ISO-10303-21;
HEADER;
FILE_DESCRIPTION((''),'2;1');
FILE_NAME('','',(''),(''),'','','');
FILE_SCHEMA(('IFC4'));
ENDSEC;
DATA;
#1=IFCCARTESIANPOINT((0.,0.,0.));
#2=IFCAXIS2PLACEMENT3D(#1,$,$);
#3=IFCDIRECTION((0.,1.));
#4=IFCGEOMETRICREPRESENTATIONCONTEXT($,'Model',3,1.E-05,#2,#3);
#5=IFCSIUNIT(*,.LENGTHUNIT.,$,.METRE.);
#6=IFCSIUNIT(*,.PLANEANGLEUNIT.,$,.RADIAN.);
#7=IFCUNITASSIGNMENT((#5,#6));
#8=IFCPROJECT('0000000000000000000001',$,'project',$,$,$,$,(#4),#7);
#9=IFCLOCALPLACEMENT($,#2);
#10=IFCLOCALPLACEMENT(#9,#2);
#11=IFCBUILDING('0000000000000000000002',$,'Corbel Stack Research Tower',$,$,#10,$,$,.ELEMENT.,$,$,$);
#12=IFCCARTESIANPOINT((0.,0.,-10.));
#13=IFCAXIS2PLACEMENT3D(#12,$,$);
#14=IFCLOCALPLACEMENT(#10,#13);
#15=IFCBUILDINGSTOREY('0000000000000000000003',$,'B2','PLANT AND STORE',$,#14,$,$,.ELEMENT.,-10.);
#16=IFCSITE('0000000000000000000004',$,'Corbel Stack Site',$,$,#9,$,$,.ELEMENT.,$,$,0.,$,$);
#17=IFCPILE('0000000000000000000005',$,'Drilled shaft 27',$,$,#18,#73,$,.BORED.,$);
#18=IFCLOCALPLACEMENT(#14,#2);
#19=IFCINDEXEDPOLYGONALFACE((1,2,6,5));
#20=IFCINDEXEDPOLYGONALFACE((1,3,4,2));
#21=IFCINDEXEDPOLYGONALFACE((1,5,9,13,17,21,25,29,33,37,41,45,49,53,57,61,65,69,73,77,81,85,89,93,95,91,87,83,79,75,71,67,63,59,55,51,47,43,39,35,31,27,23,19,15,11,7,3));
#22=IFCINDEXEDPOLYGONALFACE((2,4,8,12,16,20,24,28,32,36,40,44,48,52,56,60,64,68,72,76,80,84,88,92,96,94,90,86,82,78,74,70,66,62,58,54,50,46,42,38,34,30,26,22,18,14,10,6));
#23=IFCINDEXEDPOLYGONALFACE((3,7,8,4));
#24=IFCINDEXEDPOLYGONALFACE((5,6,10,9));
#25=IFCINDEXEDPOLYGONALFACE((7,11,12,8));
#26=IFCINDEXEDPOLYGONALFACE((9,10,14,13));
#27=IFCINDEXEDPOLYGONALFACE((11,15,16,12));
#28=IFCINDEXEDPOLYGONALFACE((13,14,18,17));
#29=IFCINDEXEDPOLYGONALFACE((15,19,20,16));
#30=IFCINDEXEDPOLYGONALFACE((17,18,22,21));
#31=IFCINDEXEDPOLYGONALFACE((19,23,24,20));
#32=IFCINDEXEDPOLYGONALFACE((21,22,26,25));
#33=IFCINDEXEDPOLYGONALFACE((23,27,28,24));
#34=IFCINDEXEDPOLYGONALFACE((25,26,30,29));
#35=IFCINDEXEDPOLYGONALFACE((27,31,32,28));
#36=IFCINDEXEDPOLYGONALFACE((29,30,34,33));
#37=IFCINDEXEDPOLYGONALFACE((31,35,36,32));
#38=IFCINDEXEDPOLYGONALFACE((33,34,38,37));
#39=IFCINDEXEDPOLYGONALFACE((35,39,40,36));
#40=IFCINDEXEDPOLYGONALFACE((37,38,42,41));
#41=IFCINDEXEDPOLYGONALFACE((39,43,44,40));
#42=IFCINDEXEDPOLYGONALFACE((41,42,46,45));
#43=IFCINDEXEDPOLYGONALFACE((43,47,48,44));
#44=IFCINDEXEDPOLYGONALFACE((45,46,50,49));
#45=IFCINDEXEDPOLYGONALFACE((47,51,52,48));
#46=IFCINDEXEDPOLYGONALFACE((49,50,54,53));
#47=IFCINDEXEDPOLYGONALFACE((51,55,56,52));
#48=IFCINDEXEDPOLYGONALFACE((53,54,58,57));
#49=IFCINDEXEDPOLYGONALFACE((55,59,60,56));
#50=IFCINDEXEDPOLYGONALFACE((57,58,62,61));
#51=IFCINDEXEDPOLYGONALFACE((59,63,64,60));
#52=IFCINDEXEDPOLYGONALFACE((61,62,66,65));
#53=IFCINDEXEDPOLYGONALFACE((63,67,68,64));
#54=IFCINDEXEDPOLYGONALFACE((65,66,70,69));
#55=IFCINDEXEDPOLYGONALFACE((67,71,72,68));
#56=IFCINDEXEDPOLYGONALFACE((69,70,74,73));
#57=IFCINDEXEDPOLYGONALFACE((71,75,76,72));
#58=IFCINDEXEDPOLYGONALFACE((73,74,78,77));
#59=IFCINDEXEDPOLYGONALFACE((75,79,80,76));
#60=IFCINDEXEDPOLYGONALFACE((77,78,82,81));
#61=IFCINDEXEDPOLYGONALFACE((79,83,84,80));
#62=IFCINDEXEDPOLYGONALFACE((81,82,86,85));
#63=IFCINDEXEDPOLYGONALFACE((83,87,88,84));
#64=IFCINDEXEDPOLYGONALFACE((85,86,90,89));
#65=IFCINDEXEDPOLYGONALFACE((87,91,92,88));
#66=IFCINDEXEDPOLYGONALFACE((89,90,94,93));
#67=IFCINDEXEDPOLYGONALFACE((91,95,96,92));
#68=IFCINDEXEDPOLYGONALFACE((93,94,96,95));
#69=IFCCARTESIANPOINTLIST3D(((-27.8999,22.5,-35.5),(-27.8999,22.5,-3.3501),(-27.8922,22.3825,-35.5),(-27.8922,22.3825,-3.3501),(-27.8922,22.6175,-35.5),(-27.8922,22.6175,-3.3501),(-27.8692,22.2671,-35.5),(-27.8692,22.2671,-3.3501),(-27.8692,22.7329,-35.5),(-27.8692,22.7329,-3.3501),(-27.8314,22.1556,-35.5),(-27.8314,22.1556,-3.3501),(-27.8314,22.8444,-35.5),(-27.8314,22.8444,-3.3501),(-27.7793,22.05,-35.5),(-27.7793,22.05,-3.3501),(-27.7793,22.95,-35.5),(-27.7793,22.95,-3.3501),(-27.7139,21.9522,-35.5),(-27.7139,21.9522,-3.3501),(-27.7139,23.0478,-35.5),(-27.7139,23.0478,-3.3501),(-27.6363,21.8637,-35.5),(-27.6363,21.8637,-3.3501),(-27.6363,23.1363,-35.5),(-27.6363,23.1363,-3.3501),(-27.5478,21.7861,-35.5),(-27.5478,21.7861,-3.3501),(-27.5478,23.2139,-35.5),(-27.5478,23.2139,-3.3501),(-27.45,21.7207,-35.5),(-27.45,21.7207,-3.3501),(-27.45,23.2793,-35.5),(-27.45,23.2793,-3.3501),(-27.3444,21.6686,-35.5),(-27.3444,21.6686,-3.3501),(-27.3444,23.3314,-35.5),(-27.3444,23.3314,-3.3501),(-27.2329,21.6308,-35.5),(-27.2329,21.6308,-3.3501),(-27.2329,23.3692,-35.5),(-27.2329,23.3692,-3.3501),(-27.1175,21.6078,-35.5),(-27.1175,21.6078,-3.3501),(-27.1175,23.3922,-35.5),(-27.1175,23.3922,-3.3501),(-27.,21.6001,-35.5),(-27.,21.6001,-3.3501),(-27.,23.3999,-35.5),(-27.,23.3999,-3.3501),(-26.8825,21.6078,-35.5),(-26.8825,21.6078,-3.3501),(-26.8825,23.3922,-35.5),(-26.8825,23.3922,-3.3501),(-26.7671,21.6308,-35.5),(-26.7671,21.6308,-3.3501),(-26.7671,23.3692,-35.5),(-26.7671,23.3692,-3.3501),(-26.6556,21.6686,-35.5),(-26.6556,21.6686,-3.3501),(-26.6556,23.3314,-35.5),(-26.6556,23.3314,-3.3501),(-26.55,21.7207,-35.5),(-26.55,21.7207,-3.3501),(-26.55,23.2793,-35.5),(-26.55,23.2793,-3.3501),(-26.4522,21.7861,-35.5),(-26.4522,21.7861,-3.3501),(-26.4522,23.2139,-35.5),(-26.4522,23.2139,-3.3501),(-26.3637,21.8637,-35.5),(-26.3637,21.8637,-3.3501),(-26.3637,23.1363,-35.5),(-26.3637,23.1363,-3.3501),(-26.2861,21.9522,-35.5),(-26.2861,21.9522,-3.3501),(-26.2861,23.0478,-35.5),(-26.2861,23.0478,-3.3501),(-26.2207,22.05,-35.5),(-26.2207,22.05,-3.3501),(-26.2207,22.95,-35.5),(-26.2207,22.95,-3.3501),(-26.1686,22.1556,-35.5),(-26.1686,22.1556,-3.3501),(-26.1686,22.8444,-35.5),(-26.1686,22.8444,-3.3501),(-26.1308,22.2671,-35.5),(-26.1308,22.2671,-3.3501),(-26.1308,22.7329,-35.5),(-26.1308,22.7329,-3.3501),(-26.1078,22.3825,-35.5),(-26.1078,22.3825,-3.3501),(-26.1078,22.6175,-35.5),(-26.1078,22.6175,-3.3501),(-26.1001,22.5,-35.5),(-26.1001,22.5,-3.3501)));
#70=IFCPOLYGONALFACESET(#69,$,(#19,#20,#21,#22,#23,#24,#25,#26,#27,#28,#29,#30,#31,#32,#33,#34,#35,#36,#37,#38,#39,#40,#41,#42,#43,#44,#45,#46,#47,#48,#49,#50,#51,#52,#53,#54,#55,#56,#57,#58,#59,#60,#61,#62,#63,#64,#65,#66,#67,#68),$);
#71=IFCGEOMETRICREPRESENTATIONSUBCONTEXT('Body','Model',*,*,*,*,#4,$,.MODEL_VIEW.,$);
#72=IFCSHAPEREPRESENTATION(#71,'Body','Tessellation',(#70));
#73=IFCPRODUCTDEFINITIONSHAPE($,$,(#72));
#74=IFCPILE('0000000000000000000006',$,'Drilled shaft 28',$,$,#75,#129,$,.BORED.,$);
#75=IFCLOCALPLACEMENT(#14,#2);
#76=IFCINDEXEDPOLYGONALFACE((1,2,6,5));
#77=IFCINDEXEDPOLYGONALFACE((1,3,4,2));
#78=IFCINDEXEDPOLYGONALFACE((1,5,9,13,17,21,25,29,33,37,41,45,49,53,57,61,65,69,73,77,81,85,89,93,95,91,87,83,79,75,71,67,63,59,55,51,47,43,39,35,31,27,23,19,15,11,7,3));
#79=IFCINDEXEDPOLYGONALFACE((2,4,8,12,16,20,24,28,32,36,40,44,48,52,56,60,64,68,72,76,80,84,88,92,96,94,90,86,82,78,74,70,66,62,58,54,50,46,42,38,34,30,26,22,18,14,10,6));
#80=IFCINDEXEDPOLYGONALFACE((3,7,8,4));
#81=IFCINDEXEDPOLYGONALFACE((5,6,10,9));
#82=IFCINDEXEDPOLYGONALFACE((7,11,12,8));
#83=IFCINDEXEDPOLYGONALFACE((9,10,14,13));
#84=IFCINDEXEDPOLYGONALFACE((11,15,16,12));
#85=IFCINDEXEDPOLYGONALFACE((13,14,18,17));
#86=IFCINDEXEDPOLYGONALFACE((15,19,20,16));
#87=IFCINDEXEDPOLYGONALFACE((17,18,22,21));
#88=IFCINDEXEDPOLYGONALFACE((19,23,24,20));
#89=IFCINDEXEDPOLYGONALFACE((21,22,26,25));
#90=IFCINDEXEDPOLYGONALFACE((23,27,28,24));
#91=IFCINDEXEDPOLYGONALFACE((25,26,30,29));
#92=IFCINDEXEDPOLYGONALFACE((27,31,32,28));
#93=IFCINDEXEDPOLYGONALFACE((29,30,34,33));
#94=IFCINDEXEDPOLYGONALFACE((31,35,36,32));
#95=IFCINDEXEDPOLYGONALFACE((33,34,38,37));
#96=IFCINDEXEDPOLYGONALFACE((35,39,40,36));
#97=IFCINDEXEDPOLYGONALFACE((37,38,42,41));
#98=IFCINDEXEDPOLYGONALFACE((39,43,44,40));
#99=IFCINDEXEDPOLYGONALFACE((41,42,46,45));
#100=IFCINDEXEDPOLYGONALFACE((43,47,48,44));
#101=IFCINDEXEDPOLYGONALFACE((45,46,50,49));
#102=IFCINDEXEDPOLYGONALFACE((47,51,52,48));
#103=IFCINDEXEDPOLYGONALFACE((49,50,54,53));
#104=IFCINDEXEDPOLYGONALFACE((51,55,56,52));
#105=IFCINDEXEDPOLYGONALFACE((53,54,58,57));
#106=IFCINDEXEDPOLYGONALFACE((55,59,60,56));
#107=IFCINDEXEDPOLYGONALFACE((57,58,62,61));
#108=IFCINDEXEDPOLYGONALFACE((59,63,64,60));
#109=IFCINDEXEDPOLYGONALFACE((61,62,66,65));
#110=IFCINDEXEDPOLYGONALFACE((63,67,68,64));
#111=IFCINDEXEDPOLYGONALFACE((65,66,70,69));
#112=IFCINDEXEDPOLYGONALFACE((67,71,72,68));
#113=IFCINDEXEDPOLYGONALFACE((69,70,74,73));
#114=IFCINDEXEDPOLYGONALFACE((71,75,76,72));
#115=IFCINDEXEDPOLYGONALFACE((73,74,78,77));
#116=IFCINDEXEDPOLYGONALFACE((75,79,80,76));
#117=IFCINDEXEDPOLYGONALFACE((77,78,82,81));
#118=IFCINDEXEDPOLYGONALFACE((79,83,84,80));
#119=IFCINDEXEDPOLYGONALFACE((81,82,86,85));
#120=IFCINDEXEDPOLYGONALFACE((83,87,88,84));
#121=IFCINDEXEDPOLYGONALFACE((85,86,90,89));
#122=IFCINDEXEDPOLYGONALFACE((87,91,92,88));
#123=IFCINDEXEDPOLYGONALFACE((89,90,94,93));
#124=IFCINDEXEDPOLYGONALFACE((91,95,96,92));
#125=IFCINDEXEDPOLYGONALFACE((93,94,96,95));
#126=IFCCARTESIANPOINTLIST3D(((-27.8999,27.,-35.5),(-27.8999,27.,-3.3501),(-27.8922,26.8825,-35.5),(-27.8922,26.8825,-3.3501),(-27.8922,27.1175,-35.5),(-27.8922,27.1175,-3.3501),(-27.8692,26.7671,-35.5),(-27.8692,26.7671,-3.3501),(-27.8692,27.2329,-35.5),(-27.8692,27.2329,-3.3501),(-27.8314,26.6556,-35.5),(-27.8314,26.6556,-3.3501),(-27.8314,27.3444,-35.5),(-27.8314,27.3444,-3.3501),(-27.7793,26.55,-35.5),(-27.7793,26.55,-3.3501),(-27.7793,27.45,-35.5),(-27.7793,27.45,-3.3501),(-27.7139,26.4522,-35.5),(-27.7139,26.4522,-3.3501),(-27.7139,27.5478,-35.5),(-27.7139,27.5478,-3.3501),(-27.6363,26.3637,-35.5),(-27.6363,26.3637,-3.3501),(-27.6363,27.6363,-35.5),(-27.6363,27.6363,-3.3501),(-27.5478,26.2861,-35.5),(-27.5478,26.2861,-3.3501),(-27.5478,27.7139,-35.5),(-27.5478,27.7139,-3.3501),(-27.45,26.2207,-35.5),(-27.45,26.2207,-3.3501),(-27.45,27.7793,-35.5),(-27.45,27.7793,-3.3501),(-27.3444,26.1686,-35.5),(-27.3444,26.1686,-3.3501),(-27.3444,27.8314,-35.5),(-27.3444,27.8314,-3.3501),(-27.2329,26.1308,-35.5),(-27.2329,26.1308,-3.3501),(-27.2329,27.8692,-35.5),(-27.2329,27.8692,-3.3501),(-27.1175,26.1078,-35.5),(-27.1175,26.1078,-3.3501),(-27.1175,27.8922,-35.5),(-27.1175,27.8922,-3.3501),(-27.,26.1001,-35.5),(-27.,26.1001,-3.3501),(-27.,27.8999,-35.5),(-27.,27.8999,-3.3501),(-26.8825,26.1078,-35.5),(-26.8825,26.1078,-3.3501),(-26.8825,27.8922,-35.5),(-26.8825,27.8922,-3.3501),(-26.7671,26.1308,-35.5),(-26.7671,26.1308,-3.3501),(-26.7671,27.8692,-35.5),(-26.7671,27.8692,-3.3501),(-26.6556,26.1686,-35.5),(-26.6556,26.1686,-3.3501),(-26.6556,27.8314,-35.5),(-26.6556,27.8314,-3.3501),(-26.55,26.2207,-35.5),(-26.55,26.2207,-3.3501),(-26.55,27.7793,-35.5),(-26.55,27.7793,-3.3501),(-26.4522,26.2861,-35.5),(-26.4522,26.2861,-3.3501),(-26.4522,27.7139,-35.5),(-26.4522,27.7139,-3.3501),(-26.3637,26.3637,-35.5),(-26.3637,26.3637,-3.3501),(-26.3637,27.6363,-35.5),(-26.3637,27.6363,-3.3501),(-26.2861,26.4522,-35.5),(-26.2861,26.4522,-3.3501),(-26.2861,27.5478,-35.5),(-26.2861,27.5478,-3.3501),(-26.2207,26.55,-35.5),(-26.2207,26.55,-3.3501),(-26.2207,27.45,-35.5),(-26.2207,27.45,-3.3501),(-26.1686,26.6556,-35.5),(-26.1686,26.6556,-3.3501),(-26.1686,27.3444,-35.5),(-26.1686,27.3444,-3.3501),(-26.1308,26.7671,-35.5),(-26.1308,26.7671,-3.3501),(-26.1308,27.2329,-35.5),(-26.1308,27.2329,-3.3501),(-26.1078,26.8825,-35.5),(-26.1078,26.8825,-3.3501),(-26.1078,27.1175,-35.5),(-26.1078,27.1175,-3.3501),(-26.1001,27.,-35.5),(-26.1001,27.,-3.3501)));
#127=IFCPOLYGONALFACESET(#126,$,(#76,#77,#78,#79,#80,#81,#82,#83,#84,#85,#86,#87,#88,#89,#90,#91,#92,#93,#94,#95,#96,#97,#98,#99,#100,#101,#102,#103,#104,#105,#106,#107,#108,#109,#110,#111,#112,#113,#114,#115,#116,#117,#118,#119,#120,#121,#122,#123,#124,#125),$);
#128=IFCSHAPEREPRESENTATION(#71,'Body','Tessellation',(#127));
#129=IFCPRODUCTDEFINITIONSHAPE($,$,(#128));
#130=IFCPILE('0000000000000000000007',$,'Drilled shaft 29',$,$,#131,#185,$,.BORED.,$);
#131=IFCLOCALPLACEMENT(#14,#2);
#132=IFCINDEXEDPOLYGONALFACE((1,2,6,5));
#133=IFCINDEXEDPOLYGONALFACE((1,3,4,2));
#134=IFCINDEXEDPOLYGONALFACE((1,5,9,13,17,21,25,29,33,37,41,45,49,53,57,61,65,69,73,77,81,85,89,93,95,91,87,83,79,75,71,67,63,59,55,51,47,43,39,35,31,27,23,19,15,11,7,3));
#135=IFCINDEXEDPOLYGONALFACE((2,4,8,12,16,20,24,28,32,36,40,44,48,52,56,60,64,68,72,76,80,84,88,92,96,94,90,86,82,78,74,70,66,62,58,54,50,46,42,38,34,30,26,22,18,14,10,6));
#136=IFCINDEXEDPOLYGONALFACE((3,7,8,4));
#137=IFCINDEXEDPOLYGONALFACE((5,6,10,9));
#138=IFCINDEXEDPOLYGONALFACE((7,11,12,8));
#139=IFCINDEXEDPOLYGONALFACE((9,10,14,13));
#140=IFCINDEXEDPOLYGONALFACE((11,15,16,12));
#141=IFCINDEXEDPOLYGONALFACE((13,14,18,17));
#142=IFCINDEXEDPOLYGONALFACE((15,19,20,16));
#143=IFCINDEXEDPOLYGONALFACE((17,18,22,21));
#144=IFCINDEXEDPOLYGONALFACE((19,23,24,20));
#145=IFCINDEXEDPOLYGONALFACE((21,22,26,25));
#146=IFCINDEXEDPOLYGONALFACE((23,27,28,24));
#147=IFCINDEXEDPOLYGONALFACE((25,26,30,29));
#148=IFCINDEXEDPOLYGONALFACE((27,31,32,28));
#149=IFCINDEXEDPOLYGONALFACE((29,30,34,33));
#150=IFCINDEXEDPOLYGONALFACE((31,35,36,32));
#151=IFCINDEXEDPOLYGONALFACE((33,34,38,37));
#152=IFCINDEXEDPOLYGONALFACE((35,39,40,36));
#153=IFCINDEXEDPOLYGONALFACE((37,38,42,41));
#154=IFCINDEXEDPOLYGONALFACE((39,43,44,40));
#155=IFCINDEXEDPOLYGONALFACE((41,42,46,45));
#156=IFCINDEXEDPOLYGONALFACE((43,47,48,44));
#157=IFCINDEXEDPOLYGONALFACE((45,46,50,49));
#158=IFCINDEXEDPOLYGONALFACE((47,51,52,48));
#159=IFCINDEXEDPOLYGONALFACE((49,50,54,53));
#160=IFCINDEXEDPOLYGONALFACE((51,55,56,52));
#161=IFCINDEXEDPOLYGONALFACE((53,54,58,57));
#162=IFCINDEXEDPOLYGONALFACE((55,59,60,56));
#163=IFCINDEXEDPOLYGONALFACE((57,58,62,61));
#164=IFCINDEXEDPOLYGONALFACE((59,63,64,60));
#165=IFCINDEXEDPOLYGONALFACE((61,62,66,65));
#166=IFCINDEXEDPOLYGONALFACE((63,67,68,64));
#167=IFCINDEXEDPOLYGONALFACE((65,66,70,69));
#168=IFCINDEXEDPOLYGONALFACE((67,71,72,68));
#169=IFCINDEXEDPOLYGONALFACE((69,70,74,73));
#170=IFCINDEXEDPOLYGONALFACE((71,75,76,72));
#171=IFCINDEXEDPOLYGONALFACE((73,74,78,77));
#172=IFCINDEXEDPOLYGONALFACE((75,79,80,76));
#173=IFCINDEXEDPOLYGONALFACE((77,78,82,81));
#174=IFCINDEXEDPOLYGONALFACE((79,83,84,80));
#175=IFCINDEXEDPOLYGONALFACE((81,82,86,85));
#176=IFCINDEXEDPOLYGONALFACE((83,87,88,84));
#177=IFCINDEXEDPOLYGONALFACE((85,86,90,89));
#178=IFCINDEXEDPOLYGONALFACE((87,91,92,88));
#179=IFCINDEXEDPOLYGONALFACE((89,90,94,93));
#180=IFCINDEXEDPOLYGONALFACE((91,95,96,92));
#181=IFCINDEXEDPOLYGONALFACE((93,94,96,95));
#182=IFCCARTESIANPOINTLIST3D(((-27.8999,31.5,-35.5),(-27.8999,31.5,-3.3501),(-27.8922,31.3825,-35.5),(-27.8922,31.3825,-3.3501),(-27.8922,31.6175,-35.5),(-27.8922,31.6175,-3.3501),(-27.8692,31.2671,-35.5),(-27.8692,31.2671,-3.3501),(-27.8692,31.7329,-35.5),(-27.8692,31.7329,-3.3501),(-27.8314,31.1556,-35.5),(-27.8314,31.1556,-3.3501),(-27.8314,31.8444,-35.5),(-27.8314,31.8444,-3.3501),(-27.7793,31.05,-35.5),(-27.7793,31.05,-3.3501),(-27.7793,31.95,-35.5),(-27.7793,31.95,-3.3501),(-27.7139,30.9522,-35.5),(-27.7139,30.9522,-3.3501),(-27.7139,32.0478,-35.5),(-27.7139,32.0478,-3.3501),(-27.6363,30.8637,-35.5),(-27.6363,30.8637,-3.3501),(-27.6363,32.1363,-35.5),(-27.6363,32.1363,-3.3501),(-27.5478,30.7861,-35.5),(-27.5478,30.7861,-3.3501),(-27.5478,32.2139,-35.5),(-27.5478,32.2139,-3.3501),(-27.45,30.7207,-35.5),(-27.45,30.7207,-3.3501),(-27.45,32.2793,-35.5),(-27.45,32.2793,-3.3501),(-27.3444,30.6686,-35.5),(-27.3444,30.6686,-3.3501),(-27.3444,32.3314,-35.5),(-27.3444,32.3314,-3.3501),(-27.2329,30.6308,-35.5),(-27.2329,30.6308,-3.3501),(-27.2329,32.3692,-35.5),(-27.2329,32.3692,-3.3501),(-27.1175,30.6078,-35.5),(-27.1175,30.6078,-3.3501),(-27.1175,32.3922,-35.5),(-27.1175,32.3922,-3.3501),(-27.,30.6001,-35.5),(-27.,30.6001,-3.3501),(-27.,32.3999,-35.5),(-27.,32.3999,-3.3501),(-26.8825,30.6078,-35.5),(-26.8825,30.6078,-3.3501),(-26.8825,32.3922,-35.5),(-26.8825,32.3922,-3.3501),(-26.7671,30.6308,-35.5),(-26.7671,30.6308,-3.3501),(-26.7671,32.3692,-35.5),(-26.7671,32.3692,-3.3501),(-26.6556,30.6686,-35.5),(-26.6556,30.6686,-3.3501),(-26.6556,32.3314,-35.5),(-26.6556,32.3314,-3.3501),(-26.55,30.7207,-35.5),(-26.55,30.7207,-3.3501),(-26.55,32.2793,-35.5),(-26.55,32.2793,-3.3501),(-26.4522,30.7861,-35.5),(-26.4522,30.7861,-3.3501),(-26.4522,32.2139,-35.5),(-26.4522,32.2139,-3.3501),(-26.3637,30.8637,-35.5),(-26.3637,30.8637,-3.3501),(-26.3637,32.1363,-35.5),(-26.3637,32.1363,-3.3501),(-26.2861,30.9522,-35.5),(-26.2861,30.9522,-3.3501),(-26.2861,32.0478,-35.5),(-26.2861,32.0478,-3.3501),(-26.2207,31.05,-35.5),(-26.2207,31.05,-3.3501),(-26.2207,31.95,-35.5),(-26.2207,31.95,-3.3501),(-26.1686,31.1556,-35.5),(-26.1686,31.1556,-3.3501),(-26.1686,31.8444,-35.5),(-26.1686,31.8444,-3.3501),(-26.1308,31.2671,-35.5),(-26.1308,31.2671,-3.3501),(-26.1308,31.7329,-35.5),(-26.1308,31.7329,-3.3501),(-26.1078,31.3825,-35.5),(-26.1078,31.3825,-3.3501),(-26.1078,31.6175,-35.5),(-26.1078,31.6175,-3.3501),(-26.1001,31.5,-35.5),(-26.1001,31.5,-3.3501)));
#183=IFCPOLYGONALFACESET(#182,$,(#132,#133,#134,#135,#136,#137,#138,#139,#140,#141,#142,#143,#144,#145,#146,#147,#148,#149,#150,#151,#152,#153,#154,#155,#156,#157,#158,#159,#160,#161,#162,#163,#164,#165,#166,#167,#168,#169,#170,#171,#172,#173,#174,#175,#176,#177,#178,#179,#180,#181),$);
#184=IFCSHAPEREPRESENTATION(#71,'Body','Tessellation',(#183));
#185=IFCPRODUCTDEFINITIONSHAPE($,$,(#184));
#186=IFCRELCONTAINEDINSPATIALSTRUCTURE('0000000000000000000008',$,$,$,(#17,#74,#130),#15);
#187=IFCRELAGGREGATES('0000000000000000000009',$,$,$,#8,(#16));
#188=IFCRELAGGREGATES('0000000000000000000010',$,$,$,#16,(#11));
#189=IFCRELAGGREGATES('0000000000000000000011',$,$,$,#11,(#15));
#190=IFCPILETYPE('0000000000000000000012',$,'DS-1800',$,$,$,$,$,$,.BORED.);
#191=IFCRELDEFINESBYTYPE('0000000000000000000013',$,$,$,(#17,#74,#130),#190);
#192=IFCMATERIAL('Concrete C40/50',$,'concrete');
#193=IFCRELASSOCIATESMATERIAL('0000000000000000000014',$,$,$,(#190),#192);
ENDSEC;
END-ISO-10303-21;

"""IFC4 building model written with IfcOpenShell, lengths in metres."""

from ifc_helpers import new_model, si_unit, direction, frame, origin, origin_2d, place, context, subcontext, project, spatial, circle, extrude, material, material_profile, profile_set, type_object, element, save


model = new_model("IFC4")

# Units and contexts
model_context = context("Model", 3, precision=1e-05, world=origin(), true_north=direction((0.0, 1.0)))
body_context = subcontext(model_context, "Body", "Model", "MODEL_VIEW")
ifc_project = project(units=[si_unit("LENGTHUNIT", "METRE"), si_unit("PLANEANGLEUNIT", "RADIAN")], contexts=[model_context])

# Site, building, storey
site_placement = place(None, origin())
site = spatial("IfcSite", under=ifc_project, at=site_placement, Name="Corbel Stack Site", CompositionType="ELEMENT", RefElevation=0.0)
building_placement = place(site_placement, origin())
building = spatial("IfcBuilding", under=site, at=building_placement, Name="Corbel Stack Research Tower", CompositionType="ELEMENT")
storey_placement = place(building_placement, frame((0.0, 0.0, -10.0)))
storey = spatial("IfcBuildingStorey", under=building, at=storey_placement, Name="B2", Description="PLANT AND STORE", CompositionType="ELEMENT", Elevation=-10.0)

# Piles
ifc_material_1 = material(Name="Concrete C40/50", Category="concrete")
ifc_material_profile_1 = material_profile(ifc_material_1, circle(Radius=0.8999, at=origin_2d()), Name="Shaft 1800")
ifc_profile_set_1 = profile_set([ifc_material_profile_1], Name="Concrete C40/50")
pile_type = type_object("IfcPileType", Name="DS-1800", PredefinedType="BORED", material=ifc_profile_set_1)
for number, where, z_axis, x_axis, name in (
    (1, (-27.0, 22.5, -3.3501), (0.0, 0.0, -1.0), (1.0, 0.0, 0.0), "Drilled shaft 27"),
    (2, (-27.0, 27.0, -3.3501), (0.0, 0.0, -1.0), (1.0, 0.0, 0.0), "Drilled shaft 28"),
    (3, (-27.0, 31.5, -3.3501), (0.0, 0.0, -1.0), (1.0, 0.0, 0.0), "Drilled shaft 29"),
):
    element("IfcPile", number, at=place(storey_placement, frame(where, z_axis=z_axis, x_axis=x_axis)), inside=storey, type_object=pile_type, Name=name, PredefinedType="BORED", context=body_context, shape_type="SweptSolid", body=[
        extrude(circle(Radius=0.8999, at=origin_2d()), origin(), (0.0, 0.0, 1.0), 32.1499),
    ])

save(model, "model.ifc")
